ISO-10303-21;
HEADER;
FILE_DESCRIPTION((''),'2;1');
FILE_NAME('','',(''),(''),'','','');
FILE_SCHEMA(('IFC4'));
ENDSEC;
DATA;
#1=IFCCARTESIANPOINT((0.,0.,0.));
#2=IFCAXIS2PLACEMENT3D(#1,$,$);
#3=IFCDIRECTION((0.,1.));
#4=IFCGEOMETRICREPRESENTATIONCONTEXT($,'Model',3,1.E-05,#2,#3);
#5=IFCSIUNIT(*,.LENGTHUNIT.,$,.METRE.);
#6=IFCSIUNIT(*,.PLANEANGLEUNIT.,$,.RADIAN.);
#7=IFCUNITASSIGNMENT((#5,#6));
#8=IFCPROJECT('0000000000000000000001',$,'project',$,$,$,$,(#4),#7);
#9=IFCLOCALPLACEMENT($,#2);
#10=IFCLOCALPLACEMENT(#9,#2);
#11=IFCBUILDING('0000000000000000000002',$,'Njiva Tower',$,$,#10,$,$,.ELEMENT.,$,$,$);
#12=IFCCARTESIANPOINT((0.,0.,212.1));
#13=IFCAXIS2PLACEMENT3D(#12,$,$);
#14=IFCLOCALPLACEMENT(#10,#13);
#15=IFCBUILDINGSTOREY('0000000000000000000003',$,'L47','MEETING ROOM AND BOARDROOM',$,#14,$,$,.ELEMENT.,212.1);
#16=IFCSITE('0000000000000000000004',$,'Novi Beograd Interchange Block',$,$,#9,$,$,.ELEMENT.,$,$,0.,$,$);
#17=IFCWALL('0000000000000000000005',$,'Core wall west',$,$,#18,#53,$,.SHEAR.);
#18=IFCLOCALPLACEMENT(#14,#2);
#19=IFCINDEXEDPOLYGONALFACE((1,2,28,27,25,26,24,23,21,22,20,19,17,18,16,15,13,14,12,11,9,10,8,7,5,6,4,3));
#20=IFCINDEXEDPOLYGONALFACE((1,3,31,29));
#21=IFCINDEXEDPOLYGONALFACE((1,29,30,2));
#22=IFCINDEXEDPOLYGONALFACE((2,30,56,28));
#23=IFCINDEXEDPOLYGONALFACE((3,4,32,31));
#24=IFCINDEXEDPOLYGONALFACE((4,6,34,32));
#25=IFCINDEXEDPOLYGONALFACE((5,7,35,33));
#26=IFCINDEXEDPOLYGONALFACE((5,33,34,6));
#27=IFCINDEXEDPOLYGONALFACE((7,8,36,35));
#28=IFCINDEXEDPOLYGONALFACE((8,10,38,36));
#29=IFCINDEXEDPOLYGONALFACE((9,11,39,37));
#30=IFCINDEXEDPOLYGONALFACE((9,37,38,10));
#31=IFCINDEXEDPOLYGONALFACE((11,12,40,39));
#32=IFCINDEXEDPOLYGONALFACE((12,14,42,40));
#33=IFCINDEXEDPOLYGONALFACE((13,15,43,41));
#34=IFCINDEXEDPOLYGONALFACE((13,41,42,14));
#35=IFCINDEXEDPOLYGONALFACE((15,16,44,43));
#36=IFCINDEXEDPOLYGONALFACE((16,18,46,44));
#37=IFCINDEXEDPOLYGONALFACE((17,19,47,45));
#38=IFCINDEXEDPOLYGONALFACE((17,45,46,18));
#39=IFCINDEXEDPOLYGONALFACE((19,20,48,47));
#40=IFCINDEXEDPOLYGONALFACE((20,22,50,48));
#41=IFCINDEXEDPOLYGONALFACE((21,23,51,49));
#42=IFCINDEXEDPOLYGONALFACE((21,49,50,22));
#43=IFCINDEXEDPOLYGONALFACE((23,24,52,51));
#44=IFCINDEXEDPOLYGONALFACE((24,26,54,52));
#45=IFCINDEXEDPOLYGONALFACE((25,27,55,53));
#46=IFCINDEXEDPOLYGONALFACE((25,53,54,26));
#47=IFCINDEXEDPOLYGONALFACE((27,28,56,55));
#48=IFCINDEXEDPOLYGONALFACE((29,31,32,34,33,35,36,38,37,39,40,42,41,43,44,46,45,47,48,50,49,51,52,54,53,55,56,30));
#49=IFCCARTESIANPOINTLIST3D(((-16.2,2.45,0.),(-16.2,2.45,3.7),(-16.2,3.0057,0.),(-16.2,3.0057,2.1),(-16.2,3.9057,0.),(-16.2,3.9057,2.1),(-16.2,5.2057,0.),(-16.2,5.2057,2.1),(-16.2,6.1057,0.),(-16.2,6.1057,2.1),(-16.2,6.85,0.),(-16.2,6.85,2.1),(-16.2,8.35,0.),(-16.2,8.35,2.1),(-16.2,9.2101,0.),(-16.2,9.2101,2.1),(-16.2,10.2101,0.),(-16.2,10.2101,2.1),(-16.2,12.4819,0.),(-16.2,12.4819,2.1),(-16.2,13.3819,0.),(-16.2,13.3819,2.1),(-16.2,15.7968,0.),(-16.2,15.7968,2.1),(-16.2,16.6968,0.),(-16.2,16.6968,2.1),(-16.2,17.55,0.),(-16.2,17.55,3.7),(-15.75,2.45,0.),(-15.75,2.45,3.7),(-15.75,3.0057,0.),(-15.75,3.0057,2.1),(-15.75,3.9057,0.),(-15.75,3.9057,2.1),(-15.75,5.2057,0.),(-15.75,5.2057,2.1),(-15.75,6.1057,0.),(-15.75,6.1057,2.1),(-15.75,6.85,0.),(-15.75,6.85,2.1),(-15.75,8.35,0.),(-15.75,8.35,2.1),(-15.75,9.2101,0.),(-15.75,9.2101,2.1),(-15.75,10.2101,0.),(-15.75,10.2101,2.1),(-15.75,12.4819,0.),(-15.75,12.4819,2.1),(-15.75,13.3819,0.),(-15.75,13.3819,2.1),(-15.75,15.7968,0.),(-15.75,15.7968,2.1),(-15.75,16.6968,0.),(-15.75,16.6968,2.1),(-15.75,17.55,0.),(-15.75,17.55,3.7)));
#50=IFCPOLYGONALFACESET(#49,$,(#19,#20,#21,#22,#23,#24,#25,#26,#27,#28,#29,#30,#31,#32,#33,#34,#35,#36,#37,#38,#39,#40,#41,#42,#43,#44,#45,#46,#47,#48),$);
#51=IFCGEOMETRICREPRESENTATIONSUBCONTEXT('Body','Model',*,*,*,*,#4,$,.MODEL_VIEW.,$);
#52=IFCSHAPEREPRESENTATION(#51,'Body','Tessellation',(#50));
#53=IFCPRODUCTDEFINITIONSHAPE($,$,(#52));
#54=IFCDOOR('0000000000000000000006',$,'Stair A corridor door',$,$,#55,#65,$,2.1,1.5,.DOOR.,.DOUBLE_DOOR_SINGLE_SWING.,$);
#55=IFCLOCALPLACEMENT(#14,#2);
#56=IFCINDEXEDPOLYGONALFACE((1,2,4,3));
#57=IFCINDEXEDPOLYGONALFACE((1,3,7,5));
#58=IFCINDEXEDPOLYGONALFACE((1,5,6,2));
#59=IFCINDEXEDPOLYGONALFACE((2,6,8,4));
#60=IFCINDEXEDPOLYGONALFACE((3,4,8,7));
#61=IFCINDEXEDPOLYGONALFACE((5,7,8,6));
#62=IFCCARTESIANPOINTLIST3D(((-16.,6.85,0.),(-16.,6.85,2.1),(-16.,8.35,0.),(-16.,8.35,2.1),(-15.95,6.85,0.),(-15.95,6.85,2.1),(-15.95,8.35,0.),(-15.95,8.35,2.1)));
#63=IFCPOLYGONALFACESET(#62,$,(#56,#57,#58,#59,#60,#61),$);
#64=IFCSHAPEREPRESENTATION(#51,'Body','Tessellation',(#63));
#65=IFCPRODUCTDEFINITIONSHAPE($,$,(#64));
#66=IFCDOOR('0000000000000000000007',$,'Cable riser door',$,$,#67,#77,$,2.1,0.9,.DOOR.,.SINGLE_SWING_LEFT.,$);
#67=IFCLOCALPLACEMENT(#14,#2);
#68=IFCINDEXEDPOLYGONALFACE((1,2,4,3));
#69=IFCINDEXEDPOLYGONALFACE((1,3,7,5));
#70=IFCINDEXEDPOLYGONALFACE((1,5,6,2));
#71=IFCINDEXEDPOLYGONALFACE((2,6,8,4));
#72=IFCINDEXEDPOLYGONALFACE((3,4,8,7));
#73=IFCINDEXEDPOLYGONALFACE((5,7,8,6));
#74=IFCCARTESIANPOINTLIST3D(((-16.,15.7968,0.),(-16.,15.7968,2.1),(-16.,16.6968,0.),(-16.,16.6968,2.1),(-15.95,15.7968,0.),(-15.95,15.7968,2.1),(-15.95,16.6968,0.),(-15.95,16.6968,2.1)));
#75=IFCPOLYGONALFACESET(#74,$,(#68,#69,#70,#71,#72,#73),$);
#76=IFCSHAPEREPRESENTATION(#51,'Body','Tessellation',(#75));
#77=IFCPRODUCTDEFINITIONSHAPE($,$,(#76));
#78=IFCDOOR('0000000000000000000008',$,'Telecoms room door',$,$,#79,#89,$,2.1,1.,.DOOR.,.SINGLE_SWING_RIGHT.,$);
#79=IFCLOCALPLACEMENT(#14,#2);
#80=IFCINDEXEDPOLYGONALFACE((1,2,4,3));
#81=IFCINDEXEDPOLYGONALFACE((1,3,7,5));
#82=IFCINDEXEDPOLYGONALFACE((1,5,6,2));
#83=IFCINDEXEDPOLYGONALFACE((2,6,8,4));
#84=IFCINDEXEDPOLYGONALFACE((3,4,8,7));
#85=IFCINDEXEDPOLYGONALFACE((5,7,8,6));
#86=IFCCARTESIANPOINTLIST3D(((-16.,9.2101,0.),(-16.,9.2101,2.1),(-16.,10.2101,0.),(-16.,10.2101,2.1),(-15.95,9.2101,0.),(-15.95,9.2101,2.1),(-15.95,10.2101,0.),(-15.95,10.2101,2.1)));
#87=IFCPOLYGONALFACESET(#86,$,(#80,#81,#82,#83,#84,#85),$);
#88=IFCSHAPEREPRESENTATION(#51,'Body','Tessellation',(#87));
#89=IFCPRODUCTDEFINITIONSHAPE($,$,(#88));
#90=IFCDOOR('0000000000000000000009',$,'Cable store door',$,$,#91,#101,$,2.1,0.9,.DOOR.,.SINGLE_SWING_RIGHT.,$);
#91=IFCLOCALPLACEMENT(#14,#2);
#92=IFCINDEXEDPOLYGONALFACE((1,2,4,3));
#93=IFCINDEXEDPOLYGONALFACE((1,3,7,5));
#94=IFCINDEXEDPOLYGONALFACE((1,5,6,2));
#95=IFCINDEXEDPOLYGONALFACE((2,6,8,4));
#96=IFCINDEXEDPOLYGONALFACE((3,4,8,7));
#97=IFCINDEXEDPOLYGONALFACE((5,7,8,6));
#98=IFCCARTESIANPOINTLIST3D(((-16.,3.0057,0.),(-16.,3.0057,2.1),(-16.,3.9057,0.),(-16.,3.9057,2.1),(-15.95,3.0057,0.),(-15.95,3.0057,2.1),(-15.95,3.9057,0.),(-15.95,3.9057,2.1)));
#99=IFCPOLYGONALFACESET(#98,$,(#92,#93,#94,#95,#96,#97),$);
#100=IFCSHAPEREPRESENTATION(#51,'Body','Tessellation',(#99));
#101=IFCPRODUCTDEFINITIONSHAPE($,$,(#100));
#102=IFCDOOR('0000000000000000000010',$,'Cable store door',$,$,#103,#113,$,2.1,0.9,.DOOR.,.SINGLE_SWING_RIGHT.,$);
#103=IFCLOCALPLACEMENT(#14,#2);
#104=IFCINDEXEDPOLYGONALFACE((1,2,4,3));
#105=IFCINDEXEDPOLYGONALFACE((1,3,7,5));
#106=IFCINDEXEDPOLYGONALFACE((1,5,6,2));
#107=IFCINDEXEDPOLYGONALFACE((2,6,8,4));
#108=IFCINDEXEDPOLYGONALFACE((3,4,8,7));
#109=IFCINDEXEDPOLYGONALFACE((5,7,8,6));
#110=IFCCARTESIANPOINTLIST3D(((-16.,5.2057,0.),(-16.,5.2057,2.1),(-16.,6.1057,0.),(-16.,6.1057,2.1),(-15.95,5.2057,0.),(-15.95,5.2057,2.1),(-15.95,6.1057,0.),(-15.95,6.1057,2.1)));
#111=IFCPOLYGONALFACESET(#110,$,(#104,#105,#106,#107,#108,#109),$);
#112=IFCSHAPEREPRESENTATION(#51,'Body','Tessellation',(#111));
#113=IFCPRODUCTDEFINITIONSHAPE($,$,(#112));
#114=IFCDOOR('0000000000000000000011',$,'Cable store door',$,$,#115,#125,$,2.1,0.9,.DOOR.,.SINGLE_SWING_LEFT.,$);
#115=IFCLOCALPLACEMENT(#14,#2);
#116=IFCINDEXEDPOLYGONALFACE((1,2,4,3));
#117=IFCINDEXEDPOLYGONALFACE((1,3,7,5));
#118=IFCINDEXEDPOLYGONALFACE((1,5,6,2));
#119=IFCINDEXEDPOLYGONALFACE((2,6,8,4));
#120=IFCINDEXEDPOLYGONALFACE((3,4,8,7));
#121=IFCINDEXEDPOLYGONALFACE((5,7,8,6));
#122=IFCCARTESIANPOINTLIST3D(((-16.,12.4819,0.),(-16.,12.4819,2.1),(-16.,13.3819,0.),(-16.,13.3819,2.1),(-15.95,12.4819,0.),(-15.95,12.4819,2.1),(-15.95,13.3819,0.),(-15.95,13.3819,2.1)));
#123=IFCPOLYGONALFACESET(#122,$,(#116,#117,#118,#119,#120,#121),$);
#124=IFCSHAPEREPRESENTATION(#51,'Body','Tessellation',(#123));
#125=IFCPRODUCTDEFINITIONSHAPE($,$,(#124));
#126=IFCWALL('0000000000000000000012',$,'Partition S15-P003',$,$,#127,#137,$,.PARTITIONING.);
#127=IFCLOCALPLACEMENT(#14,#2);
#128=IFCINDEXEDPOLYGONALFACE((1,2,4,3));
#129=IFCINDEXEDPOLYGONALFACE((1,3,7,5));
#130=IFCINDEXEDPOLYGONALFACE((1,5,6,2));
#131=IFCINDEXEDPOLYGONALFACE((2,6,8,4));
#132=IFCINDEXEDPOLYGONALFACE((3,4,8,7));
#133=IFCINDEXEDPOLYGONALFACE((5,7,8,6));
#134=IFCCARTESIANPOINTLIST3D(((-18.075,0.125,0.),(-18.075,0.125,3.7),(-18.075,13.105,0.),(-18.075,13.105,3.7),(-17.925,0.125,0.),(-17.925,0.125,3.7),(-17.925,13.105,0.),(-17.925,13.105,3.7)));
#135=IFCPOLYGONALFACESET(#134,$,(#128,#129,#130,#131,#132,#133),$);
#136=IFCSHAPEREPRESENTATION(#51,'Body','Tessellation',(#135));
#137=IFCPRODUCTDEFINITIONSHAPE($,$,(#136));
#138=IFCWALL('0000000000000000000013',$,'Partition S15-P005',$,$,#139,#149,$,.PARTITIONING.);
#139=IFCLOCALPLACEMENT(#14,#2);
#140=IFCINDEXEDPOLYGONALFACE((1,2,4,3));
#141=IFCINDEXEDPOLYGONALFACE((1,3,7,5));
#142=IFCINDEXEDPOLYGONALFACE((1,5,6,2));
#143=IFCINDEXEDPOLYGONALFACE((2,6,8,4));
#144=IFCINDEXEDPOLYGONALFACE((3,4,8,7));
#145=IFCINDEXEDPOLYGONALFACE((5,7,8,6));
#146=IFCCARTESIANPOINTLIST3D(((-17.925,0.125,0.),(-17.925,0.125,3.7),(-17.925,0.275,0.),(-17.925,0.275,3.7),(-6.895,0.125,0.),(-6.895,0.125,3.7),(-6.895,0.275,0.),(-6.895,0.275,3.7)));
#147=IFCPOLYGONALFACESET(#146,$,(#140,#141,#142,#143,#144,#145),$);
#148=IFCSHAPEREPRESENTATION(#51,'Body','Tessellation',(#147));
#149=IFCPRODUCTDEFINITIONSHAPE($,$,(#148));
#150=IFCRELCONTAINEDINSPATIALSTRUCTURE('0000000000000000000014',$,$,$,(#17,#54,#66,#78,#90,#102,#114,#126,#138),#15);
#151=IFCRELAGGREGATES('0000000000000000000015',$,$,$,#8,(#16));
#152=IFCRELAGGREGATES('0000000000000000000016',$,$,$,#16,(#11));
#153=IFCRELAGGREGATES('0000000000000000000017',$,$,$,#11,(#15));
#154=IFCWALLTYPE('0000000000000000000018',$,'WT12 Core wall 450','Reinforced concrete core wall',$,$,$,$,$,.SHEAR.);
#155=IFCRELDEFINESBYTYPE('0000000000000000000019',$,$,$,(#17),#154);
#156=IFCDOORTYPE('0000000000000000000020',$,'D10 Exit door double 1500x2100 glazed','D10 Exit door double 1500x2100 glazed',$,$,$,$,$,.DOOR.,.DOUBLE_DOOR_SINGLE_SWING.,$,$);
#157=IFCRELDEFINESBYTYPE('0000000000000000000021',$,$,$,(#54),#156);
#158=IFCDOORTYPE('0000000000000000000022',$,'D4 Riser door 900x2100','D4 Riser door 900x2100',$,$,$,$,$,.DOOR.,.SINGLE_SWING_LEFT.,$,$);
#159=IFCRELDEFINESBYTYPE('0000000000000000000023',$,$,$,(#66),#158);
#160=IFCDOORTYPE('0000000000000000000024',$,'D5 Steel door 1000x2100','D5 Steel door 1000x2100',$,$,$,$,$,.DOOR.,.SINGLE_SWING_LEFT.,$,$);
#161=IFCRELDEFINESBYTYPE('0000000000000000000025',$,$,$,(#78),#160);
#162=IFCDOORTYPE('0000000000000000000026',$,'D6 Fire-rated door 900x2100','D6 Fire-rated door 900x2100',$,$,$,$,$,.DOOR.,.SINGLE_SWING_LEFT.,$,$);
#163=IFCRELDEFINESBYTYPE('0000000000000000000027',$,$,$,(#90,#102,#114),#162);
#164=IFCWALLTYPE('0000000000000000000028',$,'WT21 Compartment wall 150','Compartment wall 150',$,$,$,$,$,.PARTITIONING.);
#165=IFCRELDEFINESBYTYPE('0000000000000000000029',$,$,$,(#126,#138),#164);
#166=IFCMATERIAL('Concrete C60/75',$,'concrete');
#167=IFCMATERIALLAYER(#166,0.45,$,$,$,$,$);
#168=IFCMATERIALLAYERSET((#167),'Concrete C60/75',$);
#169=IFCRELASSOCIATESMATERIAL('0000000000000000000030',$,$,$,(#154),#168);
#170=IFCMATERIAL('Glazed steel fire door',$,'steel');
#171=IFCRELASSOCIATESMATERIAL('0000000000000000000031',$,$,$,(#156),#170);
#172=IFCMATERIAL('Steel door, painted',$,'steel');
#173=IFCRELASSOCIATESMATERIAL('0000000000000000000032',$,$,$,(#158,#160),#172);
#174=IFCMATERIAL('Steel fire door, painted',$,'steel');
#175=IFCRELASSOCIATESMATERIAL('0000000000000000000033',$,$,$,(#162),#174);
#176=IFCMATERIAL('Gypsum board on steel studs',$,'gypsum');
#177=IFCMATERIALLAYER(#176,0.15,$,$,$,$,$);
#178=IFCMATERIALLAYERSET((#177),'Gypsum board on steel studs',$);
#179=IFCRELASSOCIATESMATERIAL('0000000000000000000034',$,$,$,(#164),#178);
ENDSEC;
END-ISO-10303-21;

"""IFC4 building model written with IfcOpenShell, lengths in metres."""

from ifc_helpers import new_model, si_unit, direction, frame, frame_2d, origin, place, context, subcontext, project, spatial, rectangle, extrude, material, layer, layer_set, type_object, element, fill, save


model = new_model("IFC4")

# Units and contexts
model_context = context("Model", 3, precision=1e-05, world=origin(), true_north=direction((0.0, 1.0)))
body_context = subcontext(model_context, "Body", "Model", "MODEL_VIEW")
ifc_project = project(units=[si_unit("LENGTHUNIT", "METRE"), si_unit("PLANEANGLEUNIT", "RADIAN")], contexts=[model_context])

# Site, building, storey
site_placement = place(None, origin())
site = spatial("IfcSite", under=ifc_project, at=site_placement, Name="Novi Beograd Interchange Block", CompositionType="ELEMENT", RefElevation=0.0)
building_placement = place(site_placement, origin())
building = spatial("IfcBuilding", under=site, at=building_placement, Name="Njiva Tower", CompositionType="ELEMENT")
storey_placement = place(building_placement, frame((0.0, 0.0, 212.1)))
storey = spatial("IfcBuildingStorey", under=building, at=storey_placement, Name="L47", Description="MEETING ROOM AND BOARDROOM", CompositionType="ELEMENT", Elevation=212.1)

# Wall, openings, doors
ifc_material_1 = material(Name="Concrete C60/75", Category="concrete")
ifc_layer_1 = layer(ifc_material_1, 0.45)
ifc_layer_set_1 = layer_set([ifc_layer_1], Name="Concrete C60/75")
wall_type_1 = type_object("IfcWallType", Name="WT12 Core wall 450", Description="Reinforced concrete core wall", PredefinedType="SHEAR", material=ifc_layer_set_1)
wall_1_placement = place(storey_placement, frame((-15.975, 2.45, 0.0), z_axis=(0.0, 0.0, 1.0), x_axis=(0.0, 1.0, 0.0)))
wall_1 = element("IfcWall", 1, at=wall_1_placement, inside=storey, type_object=wall_type_1, Name="Core wall west", PredefinedType="SHEAR", context=body_context, shape_type="SweptSolid", body=[
    extrude(rectangle(XDim=15.1, YDim=0.45, at=frame_2d((7.55, 0.0))), origin(), (0.0, 0.0, 1.0), 3.7),
])
opening_1_placement = place(wall_1_placement, frame((4.4, 0.0, 0.0)))
opening_1 = element("IfcOpeningElement", 2, at=opening_1_placement, cuts=wall_1, PredefinedType="OPENING", context=body_context, shape_type="SweptSolid", body=[
    extrude(rectangle(XDim=1.5, YDim=2.1, at=frame_2d((0.75, 1.05))), frame((0.0, 0.235, 0.0), z_axis=(0.0, -1.0, 0.0), x_axis=(1.0, 0.0, 0.0)), (0.0, 0.0, 1.0), 0.47),
])
opening_2_placement = place(wall_1_placement, frame((0.5557, 0.0, 0.0)))
opening_2 = element("IfcOpeningElement", 3, at=opening_2_placement, cuts=wall_1, PredefinedType="OPENING", context=body_context, shape_type="SweptSolid", body=[
    extrude(rectangle(XDim=0.9, YDim=2.1, at=frame_2d((0.45, 1.05))), frame((0.0, 0.235, 0.0), z_axis=(0.0, -1.0, 0.0), x_axis=(1.0, 0.0, 0.0)), (0.0, 0.0, 1.0), 0.47),
])
opening_3_placement = place(wall_1_placement, frame((2.7557, 0.0, 0.0)))
opening_3 = element("IfcOpeningElement", 4, at=opening_3_placement, cuts=wall_1, PredefinedType="OPENING", context=body_context, shape_type="SweptSolid", body=[
    extrude(rectangle(XDim=0.9, YDim=2.1, at=frame_2d((0.45, 1.05))), frame((0.0, 0.235, 0.0), z_axis=(0.0, -1.0, 0.0), x_axis=(1.0, 0.0, 0.0)), (0.0, 0.0, 1.0), 0.47),
])
opening_4_placement = place(wall_1_placement, frame((6.7601, 0.0, 0.0)))
opening_4 = element("IfcOpeningElement", 5, at=opening_4_placement, cuts=wall_1, PredefinedType="OPENING", context=body_context, shape_type="SweptSolid", body=[
    extrude(rectangle(XDim=1.0, YDim=2.1, at=frame_2d((0.5, 1.05))), frame((0.0, 0.235, 0.0), z_axis=(0.0, -1.0, 0.0), x_axis=(1.0, 0.0, 0.0)), (0.0, 0.0, 1.0), 0.47),
])
opening_5_placement = place(wall_1_placement, frame((10.0319, 0.0, 0.0)))
opening_5 = element("IfcOpeningElement", 6, at=opening_5_placement, cuts=wall_1, PredefinedType="OPENING", context=body_context, shape_type="SweptSolid", body=[
    extrude(rectangle(XDim=0.9, YDim=2.1, at=frame_2d((0.45, 1.05))), frame((0.0, 0.235, 0.0), z_axis=(0.0, -1.0, 0.0), x_axis=(1.0, 0.0, 0.0)), (0.0, 0.0, 1.0), 0.47),
])
opening_6_placement = place(wall_1_placement, frame((13.3468, 0.0, 0.0)))
opening_6 = element("IfcOpeningElement", 7, at=opening_6_placement, cuts=wall_1, PredefinedType="OPENING", context=body_context, shape_type="SweptSolid", body=[
    extrude(rectangle(XDim=0.9, YDim=2.1, at=frame_2d((0.45, 1.05))), frame((0.0, 0.235, 0.0), z_axis=(0.0, -1.0, 0.0), x_axis=(1.0, 0.0, 0.0)), (0.0, 0.0, 1.0), 0.47),
])
ifc_material_2 = material(Name="Glazed steel fire door", Category="steel")
door_type_1 = type_object("IfcDoorType", Name="D10 Exit door double 1500x2100 glazed", Description="D10 Exit door double 1500x2100 glazed", OperationType="DOUBLE_DOOR_SINGLE_SWING", PredefinedType="DOOR", material=ifc_material_2)
door_1_placement = place(opening_1_placement, origin())
door_1 = element("IfcDoor", 8, at=door_1_placement, inside=storey, type_object=door_type_1, Name="Stair A corridor door", OperationType="DOUBLE_DOOR_SINGLE_SWING", OverallHeight=2.1, OverallWidth=1.5, PredefinedType="DOOR", context=body_context, shape_type="SweptSolid", body=[
    extrude(rectangle(XDim=1.5, YDim=2.1, at=frame_2d((0.75, 1.05))), frame((0.0, 0.025, 0.0), z_axis=(0.0, -1.0, 0.0), x_axis=(1.0, 0.0, 0.0)), (0.0, 0.0, 1.0), 0.05),
])
fill(opening_1, door_1)
ifc_material_3 = material(Name="Steel door, painted", Category="steel")
door_type_2 = type_object("IfcDoorType", Name="D4 Riser door 900x2100", Description="D4 Riser door 900x2100", OperationType="SINGLE_SWING_LEFT", PredefinedType="DOOR", material=ifc_material_3)
door_2_placement = place(opening_6_placement, origin())
door_2 = element("IfcDoor", 9, at=door_2_placement, inside=storey, type_object=door_type_2, Name="Cable riser door", OperationType="SINGLE_SWING_LEFT", OverallHeight=2.1, OverallWidth=0.9, PredefinedType="DOOR", context=body_context, shape_type="SweptSolid", body=[
    extrude(rectangle(XDim=0.9, YDim=2.1, at=frame_2d((0.45, 1.05))), frame((0.0, 0.025, 0.0), z_axis=(0.0, -1.0, 0.0), x_axis=(1.0, 0.0, 0.0)), (0.0, 0.0, 1.0), 0.05),
])
fill(opening_6, door_2)
door_type_3 = type_object("IfcDoorType", Name="D5 Steel door 1000x2100", Description="D5 Steel door 1000x2100", OperationType="SINGLE_SWING_LEFT", PredefinedType="DOOR", material=ifc_material_3)
door_3_placement = place(opening_4_placement, origin())
door_3 = element("IfcDoor", 10, at=door_3_placement, inside=storey, type_object=door_type_3, Name="Telecoms room door", OperationType="SINGLE_SWING_RIGHT", OverallHeight=2.1, OverallWidth=1.0, PredefinedType="DOOR", context=body_context, shape_type="SweptSolid", body=[
    extrude(rectangle(XDim=1.0, YDim=2.1, at=frame_2d((0.5, 1.05))), frame((0.0, 0.025, 0.0), z_axis=(0.0, -1.0, 0.0), x_axis=(1.0, 0.0, 0.0)), (0.0, 0.0, 1.0), 0.05),
])
fill(opening_4, door_3)
ifc_material_4 = material(Name="Steel fire door, painted", Category="steel")
door_type_4 = type_object("IfcDoorType", Name="D6 Fire-rated door 900x2100", Description="D6 Fire-rated door 900x2100", OperationType="SINGLE_SWING_LEFT", PredefinedType="DOOR", material=ifc_material_4)
door_4_placement = place(opening_2_placement, origin())
door_4 = element("IfcDoor", 11, at=door_4_placement, inside=storey, type_object=door_type_4, Name="Cable store door", OperationType="SINGLE_SWING_RIGHT", OverallHeight=2.1, OverallWidth=0.9, PredefinedType="DOOR", context=body_context, shape_type="SweptSolid", body=[
    extrude(rectangle(XDim=0.9, YDim=2.1, at=frame_2d((0.45, 1.05))), frame((0.0, 0.025, 0.0), z_axis=(0.0, -1.0, 0.0), x_axis=(1.0, 0.0, 0.0)), (0.0, 0.0, 1.0), 0.05),
])
fill(opening_2, door_4)
door_5_placement = place(opening_3_placement, origin())
door_5 = element("IfcDoor", 12, at=door_5_placement, inside=storey, type_object=door_type_4, Name="Cable store door", OperationType="SINGLE_SWING_RIGHT", OverallHeight=2.1, OverallWidth=0.9, PredefinedType="DOOR", context=body_context, shape_type="SweptSolid", body=[
    extrude(rectangle(XDim=0.9, YDim=2.1, at=frame_2d((0.45, 1.05))), frame((0.0, 0.025, 0.0), z_axis=(0.0, -1.0, 0.0), x_axis=(1.0, 0.0, 0.0)), (0.0, 0.0, 1.0), 0.05),
])
fill(opening_3, door_5)
door_6_placement = place(opening_5_placement, origin())
door_6 = element("IfcDoor", 13, at=door_6_placement, inside=storey, type_object=door_type_4, Name="Cable store door", OperationType="SINGLE_SWING_LEFT", OverallHeight=2.1, OverallWidth=0.9, PredefinedType="DOOR", context=body_context, shape_type="SweptSolid", body=[
    extrude(rectangle(XDim=0.9, YDim=2.1, at=frame_2d((0.45, 1.05))), frame((0.0, 0.025, 0.0), z_axis=(0.0, -1.0, 0.0), x_axis=(1.0, 0.0, 0.0)), (0.0, 0.0, 1.0), 0.05),
])
fill(opening_5, door_6)

# Walls
ifc_material_5 = material(Name="Gypsum board on steel studs", Category="gypsum")
ifc_layer_2 = layer(ifc_material_5, 0.15)
ifc_layer_set_2 = layer_set([ifc_layer_2], Name="Gypsum board on steel studs")
wall_type_2 = type_object("IfcWallType", Name="WT21 Compartment wall 150", Description="Compartment wall 150", PredefinedType="PARTITIONING", material=ifc_layer_set_2)
wall_2_placement = place(storey_placement, frame((-18.0, 0.125, 0.0), z_axis=(0.0, 0.0, 1.0), x_axis=(0.0, 1.0, 0.0)))
element("IfcWall", 14, at=wall_2_placement, inside=storey, type_object=wall_type_2, Name="Partition S15-P003", PredefinedType="PARTITIONING", context=body_context, shape_type="SweptSolid", body=[
    extrude(rectangle(XDim=12.98, YDim=0.15, at=frame_2d((6.49, 0.0))), origin(), (0.0, 0.0, 1.0), 3.7),
])
wall_3_placement = place(storey_placement, frame((-17.925, 0.2, 0.0), z_axis=(0.0, 0.0, 1.0), x_axis=(1.0, 0.0, 0.0)))
element("IfcWall", 15, at=wall_3_placement, inside=storey, type_object=wall_type_2, Name="Partition S15-P005", PredefinedType="PARTITIONING", context=body_context, shape_type="SweptSolid", body=[
    extrude(rectangle(XDim=11.03, YDim=0.15, at=frame_2d((5.515, 0.0))), origin(), (0.0, 0.0, 1.0), 3.7),
])

save(model, "model.ifc")
